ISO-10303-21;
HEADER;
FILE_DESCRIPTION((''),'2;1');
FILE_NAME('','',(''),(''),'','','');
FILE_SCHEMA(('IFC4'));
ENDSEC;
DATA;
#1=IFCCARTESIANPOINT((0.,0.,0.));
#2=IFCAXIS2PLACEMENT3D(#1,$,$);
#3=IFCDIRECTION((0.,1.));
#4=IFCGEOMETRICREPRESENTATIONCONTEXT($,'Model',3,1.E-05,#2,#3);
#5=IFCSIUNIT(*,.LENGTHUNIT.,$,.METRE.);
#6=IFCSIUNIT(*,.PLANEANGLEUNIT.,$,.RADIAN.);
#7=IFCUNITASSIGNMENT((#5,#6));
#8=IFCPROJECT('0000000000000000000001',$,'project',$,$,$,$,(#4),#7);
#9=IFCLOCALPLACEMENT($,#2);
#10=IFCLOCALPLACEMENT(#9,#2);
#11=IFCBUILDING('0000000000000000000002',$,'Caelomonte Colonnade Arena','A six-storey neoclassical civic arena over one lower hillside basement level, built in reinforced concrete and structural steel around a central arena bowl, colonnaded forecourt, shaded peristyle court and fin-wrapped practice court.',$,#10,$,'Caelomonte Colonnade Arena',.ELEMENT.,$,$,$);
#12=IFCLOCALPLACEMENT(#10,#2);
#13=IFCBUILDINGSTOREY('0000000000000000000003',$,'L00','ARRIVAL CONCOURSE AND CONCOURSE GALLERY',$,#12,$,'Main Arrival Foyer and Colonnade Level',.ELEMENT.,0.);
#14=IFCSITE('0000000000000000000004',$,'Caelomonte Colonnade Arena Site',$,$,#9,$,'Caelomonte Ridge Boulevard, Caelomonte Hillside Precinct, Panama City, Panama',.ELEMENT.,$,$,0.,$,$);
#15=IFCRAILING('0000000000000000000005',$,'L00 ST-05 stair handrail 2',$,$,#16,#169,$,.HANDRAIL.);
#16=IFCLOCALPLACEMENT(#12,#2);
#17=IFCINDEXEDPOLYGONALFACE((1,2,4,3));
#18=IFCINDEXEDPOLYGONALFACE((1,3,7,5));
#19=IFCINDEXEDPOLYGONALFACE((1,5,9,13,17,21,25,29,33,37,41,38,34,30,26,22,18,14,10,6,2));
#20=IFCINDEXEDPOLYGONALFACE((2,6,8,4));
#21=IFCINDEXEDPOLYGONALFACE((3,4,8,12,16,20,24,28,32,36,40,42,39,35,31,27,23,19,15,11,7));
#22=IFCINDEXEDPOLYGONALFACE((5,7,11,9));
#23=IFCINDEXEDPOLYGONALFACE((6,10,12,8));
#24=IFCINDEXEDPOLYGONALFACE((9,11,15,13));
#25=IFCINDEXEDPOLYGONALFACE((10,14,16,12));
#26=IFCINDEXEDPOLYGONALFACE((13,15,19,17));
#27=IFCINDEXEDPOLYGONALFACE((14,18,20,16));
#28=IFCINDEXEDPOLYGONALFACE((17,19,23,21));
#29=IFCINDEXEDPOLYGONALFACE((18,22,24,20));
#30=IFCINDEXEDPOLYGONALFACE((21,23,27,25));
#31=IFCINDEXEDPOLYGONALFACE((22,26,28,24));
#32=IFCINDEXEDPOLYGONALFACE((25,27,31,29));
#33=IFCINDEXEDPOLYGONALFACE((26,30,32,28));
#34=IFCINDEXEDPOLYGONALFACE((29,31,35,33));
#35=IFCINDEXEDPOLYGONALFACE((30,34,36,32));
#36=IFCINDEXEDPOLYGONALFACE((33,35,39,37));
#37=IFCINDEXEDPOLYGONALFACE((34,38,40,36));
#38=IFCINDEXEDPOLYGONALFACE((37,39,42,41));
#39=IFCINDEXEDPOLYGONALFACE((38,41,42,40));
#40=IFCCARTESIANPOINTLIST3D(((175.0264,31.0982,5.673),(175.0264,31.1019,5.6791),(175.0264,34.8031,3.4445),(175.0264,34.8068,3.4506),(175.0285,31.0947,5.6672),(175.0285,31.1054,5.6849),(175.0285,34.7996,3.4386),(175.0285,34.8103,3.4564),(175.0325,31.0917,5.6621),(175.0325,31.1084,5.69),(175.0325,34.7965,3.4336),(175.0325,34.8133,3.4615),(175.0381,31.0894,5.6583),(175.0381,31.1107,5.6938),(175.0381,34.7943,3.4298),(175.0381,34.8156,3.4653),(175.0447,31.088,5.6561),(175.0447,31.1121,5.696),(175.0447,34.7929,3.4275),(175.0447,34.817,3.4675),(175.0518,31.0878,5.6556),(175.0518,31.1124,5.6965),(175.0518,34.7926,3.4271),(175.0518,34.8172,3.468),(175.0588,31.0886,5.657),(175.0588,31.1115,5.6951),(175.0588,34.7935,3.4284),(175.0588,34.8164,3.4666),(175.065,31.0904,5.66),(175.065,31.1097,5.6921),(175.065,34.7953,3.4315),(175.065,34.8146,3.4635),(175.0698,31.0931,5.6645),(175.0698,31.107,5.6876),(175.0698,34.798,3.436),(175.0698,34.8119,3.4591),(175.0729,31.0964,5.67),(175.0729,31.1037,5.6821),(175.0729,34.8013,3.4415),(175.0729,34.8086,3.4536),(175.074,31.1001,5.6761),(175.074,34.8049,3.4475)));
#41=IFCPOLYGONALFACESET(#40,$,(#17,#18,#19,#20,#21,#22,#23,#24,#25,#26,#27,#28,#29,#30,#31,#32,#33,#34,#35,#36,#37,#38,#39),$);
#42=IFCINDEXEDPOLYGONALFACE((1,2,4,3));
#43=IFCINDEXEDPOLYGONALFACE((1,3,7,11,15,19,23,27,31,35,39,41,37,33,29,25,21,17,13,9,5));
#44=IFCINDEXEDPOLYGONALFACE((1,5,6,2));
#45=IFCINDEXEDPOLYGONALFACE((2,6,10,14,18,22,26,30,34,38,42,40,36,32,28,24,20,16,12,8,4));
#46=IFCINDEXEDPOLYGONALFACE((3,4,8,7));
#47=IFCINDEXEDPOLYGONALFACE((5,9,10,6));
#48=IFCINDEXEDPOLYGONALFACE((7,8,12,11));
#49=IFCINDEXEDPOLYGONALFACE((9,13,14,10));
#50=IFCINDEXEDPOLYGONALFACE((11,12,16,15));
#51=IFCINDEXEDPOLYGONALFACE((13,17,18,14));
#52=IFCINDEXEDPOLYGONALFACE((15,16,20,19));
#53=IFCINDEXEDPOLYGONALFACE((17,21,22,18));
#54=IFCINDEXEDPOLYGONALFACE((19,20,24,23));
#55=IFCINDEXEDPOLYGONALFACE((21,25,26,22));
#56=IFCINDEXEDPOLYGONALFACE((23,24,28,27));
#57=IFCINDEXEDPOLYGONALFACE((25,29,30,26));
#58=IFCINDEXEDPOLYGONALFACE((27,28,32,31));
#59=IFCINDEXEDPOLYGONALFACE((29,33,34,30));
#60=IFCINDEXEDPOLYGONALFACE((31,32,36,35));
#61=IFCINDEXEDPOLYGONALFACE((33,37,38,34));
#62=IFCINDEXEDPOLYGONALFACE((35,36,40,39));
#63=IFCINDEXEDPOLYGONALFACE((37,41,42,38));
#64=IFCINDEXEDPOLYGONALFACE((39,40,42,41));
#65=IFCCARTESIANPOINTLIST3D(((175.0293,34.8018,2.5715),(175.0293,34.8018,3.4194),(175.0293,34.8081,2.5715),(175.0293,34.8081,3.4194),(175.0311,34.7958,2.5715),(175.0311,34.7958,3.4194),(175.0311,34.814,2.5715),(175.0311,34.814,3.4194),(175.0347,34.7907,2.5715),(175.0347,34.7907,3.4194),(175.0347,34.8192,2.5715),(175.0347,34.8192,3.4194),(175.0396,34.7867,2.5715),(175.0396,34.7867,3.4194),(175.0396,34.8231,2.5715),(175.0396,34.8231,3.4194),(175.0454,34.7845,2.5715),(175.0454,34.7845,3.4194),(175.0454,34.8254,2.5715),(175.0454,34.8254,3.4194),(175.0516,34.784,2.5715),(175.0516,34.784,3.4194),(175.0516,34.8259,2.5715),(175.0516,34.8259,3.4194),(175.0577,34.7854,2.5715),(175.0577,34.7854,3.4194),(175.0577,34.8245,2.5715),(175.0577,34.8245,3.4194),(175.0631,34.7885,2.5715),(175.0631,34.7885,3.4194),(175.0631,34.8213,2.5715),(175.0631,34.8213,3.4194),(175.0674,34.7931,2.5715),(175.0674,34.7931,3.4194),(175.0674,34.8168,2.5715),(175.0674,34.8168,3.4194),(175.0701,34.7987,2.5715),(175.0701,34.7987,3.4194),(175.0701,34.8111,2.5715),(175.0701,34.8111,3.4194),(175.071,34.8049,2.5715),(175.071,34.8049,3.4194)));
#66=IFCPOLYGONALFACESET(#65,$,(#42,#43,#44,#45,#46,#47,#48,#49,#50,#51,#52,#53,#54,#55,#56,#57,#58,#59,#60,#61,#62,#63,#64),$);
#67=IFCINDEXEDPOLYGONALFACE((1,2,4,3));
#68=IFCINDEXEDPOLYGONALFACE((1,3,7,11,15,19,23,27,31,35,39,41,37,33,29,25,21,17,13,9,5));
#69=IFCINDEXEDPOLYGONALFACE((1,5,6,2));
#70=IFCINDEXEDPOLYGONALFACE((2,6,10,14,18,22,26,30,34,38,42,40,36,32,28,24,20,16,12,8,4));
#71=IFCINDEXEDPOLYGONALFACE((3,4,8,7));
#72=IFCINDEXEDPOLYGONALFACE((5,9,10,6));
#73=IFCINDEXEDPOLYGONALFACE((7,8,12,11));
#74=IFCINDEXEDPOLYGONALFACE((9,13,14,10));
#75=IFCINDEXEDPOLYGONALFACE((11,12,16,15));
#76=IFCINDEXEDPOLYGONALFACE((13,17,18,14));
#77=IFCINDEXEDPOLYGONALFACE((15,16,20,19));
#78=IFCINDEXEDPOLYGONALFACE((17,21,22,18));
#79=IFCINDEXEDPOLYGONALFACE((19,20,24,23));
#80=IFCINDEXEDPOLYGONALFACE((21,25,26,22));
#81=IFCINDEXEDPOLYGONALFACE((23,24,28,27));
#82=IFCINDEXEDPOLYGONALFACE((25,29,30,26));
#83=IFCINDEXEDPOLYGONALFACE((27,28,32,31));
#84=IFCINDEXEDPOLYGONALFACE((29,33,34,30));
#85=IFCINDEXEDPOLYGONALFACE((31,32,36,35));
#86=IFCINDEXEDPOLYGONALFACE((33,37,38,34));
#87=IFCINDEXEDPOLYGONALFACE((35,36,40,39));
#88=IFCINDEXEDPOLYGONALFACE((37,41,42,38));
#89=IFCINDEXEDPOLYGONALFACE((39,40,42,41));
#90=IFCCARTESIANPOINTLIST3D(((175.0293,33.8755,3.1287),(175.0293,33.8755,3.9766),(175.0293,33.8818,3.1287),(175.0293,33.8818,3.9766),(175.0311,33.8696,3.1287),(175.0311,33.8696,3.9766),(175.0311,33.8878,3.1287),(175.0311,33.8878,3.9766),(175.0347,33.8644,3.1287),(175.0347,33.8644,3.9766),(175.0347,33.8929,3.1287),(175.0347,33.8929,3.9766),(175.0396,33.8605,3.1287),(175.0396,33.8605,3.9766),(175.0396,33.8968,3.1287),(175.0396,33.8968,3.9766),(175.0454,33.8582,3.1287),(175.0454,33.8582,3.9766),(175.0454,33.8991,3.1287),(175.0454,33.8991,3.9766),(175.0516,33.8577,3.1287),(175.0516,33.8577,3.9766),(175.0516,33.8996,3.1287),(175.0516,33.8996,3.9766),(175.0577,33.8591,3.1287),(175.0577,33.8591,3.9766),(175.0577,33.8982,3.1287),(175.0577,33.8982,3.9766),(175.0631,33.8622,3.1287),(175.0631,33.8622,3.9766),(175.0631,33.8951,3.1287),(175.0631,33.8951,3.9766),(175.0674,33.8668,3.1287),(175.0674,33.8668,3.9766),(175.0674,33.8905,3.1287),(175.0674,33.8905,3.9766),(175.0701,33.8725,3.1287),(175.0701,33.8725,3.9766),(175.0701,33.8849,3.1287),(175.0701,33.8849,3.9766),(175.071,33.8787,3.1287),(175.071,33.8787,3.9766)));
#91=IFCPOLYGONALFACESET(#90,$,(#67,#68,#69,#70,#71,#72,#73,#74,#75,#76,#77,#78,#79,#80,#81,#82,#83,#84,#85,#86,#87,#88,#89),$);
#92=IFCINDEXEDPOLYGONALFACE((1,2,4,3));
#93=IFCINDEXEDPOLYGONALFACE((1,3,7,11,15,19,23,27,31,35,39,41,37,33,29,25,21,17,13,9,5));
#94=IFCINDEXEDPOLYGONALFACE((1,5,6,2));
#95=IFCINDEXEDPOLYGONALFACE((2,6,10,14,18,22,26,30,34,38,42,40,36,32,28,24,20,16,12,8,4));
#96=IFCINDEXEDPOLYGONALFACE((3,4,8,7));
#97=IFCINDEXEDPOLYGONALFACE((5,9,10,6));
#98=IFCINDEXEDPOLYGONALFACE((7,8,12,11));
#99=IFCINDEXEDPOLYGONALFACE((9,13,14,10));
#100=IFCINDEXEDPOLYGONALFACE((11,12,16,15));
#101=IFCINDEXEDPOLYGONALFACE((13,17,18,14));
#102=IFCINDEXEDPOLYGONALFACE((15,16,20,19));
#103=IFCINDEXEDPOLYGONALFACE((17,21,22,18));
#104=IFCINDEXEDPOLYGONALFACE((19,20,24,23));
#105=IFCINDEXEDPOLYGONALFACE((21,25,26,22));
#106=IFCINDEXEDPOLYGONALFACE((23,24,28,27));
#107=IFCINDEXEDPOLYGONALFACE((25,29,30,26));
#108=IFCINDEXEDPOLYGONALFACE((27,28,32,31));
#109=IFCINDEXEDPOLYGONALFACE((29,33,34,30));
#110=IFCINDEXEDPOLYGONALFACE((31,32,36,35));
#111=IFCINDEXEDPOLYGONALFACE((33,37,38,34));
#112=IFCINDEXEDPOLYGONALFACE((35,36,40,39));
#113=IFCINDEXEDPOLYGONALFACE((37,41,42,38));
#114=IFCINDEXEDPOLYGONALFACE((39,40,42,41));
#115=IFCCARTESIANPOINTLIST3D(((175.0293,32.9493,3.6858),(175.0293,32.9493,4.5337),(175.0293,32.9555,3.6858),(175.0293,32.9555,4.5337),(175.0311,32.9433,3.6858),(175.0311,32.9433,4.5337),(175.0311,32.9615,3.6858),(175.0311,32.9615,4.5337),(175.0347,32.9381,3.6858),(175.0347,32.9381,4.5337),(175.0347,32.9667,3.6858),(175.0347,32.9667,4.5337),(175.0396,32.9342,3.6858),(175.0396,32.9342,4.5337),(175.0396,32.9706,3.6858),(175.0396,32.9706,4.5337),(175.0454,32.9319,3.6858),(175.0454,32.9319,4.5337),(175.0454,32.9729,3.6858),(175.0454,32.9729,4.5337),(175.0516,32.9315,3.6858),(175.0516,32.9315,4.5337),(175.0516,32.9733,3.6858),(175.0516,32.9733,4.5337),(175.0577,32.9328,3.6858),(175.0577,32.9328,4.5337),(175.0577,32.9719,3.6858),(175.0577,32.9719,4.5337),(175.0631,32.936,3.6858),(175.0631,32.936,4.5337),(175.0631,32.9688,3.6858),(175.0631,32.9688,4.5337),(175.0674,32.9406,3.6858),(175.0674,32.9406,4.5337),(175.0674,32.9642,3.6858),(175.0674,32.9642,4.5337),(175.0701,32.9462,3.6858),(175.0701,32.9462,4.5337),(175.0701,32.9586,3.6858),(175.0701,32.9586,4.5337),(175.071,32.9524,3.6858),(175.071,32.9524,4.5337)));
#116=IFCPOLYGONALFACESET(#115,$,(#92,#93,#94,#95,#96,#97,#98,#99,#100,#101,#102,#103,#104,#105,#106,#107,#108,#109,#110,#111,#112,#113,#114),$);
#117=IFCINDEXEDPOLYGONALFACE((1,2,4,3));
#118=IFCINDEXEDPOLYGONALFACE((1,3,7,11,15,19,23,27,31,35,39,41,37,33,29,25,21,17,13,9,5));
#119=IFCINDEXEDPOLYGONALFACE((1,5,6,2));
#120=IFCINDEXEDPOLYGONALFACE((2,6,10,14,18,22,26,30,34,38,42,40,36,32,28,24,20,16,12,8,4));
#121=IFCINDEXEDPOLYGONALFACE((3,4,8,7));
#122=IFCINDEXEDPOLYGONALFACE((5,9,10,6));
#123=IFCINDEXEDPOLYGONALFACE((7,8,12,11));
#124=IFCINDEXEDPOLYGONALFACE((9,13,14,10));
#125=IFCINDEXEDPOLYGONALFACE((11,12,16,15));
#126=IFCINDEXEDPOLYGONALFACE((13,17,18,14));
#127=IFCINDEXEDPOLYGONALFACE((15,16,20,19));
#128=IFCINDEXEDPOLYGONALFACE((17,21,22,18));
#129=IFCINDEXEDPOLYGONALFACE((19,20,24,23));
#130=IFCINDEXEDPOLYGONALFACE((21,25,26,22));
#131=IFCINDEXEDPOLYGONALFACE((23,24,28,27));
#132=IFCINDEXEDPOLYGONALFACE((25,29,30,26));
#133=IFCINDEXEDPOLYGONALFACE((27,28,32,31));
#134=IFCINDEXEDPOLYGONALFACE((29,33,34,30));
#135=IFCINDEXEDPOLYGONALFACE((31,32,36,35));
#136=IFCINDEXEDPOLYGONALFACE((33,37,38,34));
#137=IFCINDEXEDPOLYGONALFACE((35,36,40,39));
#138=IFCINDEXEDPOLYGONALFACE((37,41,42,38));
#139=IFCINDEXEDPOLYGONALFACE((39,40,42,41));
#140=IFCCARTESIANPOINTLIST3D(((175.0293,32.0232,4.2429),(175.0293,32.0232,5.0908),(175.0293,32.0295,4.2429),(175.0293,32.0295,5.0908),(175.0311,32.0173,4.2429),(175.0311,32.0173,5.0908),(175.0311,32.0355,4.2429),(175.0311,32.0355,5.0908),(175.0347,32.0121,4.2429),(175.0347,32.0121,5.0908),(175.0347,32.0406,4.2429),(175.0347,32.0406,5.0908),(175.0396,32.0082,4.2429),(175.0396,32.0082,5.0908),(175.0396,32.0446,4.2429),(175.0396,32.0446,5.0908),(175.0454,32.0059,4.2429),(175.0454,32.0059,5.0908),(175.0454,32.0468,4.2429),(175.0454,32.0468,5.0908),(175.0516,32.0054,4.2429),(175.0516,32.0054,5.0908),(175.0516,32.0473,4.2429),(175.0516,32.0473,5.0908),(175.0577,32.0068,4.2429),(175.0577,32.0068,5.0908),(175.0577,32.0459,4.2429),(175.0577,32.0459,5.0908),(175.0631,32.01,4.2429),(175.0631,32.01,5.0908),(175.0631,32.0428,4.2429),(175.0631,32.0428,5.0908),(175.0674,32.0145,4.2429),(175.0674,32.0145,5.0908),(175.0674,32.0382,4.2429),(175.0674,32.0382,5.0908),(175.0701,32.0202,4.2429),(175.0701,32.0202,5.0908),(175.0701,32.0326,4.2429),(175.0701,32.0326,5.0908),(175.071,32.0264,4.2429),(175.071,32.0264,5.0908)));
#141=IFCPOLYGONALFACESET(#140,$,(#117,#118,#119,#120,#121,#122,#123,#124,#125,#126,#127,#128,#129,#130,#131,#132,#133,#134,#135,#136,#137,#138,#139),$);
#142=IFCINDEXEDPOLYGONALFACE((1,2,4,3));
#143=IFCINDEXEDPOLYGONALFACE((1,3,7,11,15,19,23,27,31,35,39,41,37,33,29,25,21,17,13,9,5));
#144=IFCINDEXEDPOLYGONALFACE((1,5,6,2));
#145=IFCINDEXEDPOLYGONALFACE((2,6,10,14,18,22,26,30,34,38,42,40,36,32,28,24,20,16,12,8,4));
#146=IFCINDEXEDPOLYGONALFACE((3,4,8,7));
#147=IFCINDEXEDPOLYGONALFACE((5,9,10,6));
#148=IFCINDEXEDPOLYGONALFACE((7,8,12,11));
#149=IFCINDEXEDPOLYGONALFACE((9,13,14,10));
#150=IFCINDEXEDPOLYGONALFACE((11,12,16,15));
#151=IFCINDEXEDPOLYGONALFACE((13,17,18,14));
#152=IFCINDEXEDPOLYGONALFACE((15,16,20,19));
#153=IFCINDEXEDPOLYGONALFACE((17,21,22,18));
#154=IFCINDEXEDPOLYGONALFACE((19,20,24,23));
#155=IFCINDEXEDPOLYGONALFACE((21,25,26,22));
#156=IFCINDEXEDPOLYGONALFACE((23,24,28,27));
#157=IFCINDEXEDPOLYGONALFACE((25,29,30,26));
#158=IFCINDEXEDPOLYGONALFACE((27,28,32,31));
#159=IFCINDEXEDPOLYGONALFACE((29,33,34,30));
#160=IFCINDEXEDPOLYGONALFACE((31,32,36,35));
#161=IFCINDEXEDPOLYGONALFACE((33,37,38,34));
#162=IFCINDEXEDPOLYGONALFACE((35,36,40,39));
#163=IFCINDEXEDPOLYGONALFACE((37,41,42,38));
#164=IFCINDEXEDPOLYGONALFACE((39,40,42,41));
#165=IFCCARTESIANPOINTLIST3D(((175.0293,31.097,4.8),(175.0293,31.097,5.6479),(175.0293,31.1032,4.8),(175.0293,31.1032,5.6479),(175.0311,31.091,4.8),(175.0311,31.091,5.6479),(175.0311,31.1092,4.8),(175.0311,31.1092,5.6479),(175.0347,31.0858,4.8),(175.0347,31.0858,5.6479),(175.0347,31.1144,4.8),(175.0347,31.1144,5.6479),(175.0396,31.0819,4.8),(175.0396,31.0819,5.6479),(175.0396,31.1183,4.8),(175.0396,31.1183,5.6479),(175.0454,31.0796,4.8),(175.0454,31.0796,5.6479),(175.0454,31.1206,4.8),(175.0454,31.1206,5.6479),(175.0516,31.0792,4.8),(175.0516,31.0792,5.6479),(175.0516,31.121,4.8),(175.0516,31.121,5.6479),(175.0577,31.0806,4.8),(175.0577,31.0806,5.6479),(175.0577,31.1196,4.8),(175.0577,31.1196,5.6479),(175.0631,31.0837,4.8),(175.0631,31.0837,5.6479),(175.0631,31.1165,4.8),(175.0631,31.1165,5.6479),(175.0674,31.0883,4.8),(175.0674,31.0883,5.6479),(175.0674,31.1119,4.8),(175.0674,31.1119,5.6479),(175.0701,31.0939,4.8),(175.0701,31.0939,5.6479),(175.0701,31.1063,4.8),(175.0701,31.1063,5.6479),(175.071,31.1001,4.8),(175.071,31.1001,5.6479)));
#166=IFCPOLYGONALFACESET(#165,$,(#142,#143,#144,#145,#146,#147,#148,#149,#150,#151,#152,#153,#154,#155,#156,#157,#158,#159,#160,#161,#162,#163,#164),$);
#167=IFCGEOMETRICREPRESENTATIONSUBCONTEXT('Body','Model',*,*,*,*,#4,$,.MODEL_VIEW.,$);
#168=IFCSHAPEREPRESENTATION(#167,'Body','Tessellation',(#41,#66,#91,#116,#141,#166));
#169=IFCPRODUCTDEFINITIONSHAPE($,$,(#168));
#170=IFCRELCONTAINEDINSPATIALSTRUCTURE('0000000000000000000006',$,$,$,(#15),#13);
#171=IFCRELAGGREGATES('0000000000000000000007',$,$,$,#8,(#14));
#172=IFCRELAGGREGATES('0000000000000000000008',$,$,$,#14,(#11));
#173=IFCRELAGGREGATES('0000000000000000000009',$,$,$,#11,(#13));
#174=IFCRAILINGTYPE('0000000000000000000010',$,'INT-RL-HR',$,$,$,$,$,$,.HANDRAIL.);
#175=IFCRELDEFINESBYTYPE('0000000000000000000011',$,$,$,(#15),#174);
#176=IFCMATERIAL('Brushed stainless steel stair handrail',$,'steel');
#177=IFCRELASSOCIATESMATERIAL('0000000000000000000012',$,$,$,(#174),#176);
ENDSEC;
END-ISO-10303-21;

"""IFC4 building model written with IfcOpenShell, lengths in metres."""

from ifc_helpers import new_model, si_unit, direction, frame, origin, origin_2d, place, context, subcontext, project, spatial, circle, extrude, material, type_object, element, save


model = new_model("IFC4")

# Units and contexts
model_context = context("Model", 3, precision=1e-05, world=origin(), true_north=direction((0.0, 1.0)))
body_context = subcontext(model_context, "Body", "Model", "MODEL_VIEW")
ifc_project = project(units=[si_unit("LENGTHUNIT", "METRE"), si_unit("PLANEANGLEUNIT", "RADIAN")], contexts=[model_context])

# Site, building, storey
site_placement = place(None, origin())
site = spatial("IfcSite", under=ifc_project, at=site_placement, Name="Caelomonte Colonnade Arena Site", LongName="Caelomonte Ridge Boulevard, Caelomonte Hillside Precinct, Panama City, Panama", CompositionType="ELEMENT", RefElevation=0.0)
building_placement = place(site_placement, origin())
building = spatial("IfcBuilding", under=site, at=building_placement, Name="Caelomonte Colonnade Arena", Description="A six-storey neoclassical civic arena over one lower hillside basement level, built in reinforced concrete and structural steel around a central arena bowl, colonnaded forecourt, shaded peristyle court and fin-wrapped practice court.", LongName="Caelomonte Colonnade Arena", CompositionType="ELEMENT")
storey_placement = place(building_placement, origin())
storey = spatial("IfcBuildingStorey", under=building, at=storey_placement, Name="L00", Description="ARRIVAL CONCOURSE AND CONCOURSE GALLERY", LongName="Main Arrival Foyer and Colonnade Level", CompositionType="ELEMENT", Elevation=0.0)

# Railing
ifc_material_1 = material(Name="Brushed stainless steel stair handrail", Category="steel")
railing_type_1 = type_object("IfcRailingType", Name="INT-RL-HR", PredefinedType="HANDRAIL", material=ifc_material_1)
railing_1_placement = place(storey_placement, frame((175.05, 34.8049, 2.5715)))
element("IfcRailing", 1, at=railing_1_placement, inside=storey, type_object=railing_type_1, Name="L00 ST-05 stair handrail 2", PredefinedType="HANDRAIL", context=body_context, shape_type="SweptSolid", body=[
    extrude(circle(Radius=0.0239, at=origin_2d()), frame((0.0, 0.0, 0.876), z_axis=(0.0, -0.856919, 0.51545), x_axis=(1.0, 0.0, 0.0)), (0.0, 0.0, 1.0), 4.3235),
    extrude(circle(Radius=0.021, at=origin_2d()), origin(), (0.0, 0.0, 1.0), 0.8479),
    extrude(circle(Radius=0.021, at=origin_2d()), frame((0.0, -0.9263, 0.5571)), (0.0, 0.0, 1.0), 0.8479),
    extrude(circle(Radius=0.021, at=origin_2d()), frame((0.0, -1.8525, 1.1143)), (0.0, 0.0, 1.0), 0.8479),
    extrude(circle(Radius=0.021, at=origin_2d()), frame((0.0, -2.7786, 1.6714)), (0.0, 0.0, 1.0), 0.8479),
    extrude(circle(Radius=0.021, at=origin_2d()), frame((0.0, -3.7048, 2.2285)), (0.0, 0.0, 1.0), 0.8479),
])

save(model, "model.ifc")
